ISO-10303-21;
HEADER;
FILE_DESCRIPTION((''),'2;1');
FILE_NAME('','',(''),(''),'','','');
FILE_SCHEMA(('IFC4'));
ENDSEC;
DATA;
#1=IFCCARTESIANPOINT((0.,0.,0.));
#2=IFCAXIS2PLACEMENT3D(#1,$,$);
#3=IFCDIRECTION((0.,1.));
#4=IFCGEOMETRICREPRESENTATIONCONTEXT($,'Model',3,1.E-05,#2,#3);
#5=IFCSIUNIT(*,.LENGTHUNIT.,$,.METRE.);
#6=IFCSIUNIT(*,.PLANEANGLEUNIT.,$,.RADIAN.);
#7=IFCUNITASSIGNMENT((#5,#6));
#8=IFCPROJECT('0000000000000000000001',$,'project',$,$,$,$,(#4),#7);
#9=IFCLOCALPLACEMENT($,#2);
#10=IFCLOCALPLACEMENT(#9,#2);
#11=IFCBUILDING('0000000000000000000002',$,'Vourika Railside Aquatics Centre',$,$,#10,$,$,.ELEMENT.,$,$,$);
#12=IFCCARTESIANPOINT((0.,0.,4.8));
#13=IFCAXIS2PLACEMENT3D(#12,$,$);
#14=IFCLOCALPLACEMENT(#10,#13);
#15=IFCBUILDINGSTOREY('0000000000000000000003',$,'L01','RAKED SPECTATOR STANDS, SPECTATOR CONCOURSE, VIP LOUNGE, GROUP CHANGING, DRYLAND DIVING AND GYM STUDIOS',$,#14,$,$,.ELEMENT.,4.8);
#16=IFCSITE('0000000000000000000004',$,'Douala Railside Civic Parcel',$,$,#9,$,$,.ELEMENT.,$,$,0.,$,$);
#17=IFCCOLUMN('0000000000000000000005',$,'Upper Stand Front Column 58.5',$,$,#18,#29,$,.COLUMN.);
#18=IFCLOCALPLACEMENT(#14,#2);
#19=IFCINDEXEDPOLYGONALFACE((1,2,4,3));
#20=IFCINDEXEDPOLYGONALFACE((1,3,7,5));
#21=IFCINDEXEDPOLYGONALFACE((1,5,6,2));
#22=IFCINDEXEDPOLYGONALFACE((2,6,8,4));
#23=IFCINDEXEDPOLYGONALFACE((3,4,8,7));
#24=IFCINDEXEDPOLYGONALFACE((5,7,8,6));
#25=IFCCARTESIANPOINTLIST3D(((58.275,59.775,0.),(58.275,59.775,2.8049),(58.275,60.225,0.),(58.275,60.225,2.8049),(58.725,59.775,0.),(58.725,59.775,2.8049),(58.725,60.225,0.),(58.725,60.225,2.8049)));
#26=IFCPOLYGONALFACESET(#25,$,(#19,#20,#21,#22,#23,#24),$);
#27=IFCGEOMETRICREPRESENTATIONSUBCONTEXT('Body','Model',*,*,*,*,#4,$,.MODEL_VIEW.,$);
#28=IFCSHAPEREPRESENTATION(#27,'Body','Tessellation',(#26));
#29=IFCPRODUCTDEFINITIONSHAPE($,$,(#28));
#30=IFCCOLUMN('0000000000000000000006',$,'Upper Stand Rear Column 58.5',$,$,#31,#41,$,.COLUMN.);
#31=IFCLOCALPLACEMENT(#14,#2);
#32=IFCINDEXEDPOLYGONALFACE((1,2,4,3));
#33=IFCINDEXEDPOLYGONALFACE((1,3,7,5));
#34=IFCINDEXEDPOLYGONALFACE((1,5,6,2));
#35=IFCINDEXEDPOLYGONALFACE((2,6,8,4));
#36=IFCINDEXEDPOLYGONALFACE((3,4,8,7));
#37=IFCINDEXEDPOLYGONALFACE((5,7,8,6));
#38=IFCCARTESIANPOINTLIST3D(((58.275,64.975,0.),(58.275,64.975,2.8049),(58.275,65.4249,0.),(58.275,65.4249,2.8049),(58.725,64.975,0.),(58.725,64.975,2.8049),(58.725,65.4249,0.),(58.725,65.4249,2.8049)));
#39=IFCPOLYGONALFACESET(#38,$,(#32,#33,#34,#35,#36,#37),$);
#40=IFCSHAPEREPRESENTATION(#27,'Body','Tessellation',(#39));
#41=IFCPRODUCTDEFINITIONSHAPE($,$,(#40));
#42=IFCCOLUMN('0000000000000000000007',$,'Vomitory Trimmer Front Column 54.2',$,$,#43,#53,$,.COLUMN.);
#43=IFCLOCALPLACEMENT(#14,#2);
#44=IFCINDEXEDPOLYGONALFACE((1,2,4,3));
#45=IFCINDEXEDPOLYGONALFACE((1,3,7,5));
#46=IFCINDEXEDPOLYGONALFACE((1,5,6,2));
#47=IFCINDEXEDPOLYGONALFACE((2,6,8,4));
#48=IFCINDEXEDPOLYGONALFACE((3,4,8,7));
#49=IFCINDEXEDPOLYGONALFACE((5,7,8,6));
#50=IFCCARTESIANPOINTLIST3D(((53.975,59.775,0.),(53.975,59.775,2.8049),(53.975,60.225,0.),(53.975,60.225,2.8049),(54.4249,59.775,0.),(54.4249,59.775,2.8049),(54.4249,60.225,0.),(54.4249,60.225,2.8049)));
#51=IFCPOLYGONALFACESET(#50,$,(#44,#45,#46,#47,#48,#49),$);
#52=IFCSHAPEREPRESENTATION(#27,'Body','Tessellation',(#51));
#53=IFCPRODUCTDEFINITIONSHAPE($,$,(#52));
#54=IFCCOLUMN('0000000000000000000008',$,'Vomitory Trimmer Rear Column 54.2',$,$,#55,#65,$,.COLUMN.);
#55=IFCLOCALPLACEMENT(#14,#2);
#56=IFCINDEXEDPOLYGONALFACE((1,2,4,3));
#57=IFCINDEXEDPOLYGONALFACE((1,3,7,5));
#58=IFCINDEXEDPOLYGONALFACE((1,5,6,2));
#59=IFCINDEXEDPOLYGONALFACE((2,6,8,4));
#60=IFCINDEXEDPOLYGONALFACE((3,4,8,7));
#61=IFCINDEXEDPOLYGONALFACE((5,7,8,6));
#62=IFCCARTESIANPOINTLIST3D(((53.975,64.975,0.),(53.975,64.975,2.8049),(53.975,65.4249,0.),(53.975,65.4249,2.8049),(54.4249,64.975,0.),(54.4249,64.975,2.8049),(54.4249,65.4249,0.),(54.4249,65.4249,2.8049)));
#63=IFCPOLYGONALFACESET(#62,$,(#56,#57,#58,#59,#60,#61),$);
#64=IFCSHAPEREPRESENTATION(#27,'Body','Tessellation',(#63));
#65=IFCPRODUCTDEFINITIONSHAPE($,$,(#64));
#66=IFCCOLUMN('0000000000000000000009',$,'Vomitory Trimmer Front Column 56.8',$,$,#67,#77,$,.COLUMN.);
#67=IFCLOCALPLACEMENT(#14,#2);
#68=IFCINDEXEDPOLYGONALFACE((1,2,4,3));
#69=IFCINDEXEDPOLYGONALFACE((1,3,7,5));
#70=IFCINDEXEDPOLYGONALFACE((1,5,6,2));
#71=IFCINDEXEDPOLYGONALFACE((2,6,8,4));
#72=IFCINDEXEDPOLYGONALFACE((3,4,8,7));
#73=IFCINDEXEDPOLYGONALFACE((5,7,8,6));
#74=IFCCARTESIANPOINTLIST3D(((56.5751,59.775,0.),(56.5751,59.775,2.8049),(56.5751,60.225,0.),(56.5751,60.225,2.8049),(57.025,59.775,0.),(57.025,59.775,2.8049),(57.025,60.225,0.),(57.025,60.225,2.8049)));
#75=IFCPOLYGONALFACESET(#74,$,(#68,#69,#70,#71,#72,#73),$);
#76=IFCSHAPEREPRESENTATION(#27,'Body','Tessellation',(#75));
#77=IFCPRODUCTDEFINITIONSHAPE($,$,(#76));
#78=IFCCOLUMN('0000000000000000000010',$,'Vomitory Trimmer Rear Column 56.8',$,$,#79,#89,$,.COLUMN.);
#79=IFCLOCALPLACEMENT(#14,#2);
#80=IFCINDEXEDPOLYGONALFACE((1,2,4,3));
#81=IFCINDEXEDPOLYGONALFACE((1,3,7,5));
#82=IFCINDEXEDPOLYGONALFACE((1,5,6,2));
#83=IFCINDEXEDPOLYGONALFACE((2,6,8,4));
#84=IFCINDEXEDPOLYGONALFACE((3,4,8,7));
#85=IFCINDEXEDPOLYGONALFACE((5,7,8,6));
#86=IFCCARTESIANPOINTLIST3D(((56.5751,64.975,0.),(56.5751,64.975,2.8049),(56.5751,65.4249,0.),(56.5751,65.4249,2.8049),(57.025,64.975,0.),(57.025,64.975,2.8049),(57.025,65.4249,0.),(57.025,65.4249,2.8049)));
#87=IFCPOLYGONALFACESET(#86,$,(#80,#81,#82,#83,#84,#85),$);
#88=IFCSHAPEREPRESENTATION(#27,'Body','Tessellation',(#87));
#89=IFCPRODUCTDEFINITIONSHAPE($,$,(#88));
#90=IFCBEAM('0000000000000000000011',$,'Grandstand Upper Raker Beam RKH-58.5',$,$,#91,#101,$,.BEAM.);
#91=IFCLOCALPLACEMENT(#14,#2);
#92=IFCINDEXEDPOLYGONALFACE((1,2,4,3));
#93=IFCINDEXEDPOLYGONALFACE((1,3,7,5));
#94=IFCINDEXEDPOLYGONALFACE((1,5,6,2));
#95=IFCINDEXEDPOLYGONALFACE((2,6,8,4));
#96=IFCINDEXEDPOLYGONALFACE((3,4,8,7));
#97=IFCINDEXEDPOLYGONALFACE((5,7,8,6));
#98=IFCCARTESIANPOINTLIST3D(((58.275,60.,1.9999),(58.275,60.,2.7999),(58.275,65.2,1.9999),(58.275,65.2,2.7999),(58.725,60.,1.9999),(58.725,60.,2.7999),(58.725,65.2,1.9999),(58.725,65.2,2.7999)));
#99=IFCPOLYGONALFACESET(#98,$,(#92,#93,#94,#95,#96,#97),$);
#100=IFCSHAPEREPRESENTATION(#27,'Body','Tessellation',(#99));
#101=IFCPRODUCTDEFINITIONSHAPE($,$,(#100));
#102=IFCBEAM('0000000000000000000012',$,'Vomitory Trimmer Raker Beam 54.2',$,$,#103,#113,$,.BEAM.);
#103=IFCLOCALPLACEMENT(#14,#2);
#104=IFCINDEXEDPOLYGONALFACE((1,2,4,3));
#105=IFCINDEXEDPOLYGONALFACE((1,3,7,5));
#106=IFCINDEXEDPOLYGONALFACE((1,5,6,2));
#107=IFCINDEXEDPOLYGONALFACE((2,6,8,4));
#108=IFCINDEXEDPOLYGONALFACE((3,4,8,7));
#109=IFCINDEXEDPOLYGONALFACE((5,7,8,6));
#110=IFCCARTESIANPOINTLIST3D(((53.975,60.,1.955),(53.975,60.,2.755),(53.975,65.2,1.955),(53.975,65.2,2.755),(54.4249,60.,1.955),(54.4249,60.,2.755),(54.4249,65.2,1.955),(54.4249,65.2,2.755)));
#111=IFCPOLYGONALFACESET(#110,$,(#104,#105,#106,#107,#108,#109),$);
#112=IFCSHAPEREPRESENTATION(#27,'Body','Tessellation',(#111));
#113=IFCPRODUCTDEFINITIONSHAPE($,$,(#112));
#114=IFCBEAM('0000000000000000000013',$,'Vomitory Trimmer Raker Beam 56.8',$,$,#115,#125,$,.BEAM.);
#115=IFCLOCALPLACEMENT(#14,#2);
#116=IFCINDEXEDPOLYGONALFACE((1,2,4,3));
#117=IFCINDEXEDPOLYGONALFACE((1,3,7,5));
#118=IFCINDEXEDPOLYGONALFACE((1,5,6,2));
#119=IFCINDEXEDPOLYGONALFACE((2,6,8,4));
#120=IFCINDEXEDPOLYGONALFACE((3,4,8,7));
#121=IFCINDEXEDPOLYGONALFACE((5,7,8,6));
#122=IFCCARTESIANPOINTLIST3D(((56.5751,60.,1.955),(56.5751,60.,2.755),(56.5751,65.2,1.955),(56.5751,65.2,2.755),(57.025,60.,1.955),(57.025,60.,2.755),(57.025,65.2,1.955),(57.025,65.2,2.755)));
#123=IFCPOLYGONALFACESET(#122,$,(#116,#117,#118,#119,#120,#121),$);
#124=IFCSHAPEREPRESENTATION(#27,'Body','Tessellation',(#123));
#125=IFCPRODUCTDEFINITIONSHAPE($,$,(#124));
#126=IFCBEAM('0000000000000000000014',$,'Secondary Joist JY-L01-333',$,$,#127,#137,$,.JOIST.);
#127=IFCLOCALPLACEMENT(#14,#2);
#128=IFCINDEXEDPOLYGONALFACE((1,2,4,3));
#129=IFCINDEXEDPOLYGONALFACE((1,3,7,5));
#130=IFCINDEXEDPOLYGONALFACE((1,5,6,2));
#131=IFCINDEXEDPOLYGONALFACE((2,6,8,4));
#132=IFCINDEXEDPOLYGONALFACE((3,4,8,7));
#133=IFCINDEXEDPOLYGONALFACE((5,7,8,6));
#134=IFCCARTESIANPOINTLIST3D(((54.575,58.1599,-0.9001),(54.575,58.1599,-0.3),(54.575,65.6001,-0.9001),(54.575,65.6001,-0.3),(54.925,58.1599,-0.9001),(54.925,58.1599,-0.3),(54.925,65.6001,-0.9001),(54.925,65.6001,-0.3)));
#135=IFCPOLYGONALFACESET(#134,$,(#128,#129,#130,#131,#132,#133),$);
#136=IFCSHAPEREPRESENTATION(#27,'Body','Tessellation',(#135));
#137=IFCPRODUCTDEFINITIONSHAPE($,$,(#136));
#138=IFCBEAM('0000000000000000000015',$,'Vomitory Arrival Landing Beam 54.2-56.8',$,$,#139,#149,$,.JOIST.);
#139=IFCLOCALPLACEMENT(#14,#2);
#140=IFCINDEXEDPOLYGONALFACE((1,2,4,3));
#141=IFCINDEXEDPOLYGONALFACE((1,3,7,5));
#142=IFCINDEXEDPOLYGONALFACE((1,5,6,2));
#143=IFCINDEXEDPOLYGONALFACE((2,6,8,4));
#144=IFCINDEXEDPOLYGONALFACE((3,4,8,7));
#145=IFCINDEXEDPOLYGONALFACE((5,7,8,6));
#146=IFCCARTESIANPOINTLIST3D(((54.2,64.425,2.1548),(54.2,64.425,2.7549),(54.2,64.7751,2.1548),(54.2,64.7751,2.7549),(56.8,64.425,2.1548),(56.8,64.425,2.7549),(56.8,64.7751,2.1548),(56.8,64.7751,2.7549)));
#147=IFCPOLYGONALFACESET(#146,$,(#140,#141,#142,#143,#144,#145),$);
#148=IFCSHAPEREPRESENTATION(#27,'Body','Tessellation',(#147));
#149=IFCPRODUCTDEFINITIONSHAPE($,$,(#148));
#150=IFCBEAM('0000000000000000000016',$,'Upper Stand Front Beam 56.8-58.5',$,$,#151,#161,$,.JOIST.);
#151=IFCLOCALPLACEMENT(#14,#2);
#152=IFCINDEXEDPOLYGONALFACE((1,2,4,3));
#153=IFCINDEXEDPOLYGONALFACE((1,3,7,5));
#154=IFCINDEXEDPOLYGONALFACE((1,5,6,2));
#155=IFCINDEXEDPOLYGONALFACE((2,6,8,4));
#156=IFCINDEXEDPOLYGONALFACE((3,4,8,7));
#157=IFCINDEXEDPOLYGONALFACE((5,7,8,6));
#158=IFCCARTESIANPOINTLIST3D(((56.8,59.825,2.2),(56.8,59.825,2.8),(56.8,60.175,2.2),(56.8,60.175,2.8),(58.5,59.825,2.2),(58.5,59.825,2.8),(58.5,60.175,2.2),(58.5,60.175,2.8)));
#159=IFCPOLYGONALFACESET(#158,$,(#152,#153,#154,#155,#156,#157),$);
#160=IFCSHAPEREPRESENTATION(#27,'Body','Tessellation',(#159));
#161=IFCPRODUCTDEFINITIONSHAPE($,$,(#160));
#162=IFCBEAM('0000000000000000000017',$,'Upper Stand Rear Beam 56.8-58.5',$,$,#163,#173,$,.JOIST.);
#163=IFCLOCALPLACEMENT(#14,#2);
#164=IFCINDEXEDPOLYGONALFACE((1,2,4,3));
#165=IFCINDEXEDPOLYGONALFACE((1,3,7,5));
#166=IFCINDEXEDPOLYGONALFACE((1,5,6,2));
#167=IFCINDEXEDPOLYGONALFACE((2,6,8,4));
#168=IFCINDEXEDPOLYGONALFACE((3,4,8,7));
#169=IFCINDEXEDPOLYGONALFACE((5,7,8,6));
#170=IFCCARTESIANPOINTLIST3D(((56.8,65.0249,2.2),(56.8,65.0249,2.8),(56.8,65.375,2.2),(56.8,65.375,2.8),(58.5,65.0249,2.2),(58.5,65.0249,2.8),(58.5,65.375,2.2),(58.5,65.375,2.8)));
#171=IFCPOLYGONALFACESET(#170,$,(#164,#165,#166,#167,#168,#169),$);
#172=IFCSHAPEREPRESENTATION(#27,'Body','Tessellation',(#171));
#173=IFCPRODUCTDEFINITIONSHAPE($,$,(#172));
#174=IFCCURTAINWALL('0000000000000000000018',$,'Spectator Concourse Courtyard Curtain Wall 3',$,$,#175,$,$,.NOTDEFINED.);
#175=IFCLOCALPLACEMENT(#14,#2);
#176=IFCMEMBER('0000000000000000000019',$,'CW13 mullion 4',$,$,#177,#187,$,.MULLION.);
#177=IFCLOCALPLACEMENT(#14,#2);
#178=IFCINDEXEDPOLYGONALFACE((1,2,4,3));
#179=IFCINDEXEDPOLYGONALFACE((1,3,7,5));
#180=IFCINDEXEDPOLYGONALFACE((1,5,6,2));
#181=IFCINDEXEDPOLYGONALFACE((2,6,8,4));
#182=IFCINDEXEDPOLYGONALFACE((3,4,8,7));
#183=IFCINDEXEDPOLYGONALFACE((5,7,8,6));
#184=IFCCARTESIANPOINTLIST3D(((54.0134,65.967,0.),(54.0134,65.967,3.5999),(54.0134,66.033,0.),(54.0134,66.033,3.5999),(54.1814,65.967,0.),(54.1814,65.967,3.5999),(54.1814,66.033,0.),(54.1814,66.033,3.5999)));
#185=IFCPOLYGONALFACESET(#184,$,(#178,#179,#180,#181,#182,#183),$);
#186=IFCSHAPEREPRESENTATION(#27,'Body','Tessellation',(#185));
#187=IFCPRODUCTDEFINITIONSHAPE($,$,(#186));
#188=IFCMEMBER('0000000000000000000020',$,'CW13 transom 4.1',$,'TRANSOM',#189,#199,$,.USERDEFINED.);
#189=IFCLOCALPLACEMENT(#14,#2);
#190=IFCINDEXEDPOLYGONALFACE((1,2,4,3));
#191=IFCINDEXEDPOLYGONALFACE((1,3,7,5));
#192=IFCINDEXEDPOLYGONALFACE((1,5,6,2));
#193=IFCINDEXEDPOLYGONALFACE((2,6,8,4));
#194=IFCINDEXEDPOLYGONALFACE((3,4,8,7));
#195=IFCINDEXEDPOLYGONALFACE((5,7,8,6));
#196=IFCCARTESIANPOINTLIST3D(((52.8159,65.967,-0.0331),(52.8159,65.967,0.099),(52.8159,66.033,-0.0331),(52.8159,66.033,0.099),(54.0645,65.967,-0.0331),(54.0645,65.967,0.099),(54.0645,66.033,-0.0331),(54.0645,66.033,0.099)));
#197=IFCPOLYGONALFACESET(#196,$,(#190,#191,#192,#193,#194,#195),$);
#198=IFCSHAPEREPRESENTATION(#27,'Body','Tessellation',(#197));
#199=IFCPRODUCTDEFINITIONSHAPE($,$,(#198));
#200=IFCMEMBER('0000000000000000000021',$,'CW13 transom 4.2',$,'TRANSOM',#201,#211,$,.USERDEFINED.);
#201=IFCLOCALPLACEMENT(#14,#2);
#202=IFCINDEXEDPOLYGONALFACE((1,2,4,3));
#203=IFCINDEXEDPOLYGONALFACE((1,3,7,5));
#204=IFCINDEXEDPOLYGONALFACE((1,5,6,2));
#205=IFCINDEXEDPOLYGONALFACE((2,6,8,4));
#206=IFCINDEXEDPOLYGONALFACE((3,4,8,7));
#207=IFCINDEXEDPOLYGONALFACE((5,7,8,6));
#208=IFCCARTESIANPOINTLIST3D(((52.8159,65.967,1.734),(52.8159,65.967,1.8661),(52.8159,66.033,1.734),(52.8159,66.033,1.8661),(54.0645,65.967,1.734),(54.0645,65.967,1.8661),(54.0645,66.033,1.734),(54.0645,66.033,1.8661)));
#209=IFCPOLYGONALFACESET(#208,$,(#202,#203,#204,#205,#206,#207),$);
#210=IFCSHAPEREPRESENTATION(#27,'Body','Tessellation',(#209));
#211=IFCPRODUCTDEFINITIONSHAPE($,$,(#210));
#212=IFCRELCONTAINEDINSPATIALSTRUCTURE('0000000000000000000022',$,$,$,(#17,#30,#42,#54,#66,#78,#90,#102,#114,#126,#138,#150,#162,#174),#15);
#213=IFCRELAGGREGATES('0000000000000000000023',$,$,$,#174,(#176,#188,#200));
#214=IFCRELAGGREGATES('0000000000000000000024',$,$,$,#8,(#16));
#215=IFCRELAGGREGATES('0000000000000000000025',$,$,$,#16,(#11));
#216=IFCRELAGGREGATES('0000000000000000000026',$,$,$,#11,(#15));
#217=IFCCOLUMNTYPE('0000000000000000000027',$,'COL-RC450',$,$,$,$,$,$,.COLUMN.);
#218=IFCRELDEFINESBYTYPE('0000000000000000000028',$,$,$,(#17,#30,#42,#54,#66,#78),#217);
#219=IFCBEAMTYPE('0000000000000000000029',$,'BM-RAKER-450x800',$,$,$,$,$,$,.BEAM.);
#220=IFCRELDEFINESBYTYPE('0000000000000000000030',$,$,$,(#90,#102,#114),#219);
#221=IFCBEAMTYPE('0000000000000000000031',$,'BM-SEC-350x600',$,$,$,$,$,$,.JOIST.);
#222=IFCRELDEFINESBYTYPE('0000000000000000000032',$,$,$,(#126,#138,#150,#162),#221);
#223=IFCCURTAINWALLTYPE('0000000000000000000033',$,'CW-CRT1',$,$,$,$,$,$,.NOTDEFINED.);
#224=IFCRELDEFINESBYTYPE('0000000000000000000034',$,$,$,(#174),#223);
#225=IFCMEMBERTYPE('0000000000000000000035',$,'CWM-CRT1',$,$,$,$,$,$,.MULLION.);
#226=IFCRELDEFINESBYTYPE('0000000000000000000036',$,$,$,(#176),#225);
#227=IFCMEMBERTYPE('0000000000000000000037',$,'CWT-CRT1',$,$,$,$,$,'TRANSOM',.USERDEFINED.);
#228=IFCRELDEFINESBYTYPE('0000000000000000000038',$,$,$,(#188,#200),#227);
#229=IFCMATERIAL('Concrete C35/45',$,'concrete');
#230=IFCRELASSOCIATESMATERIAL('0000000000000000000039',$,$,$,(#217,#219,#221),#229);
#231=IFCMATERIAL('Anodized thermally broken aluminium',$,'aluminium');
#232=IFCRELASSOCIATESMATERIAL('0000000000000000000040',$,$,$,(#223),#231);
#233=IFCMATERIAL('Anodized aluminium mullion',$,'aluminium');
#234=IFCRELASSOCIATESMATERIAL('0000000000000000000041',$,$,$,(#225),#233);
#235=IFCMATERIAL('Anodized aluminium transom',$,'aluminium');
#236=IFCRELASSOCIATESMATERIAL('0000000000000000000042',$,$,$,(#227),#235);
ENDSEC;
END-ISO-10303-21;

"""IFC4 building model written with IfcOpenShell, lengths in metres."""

from ifc_helpers import new_model, si_unit, direction, frame, origin, origin_2d, place, context, subcontext, project, spatial, rectangle, extrude, material, material_profile, profile_set, type_object, element, aggregate, save


model = new_model("IFC4")

# Units and contexts
model_context = context("Model", 3, precision=1e-05, world=origin(), true_north=direction((0.0, 1.0)))
body_context = subcontext(model_context, "Body", "Model", "MODEL_VIEW")
ifc_project = project(units=[si_unit("LENGTHUNIT", "METRE"), si_unit("PLANEANGLEUNIT", "RADIAN")], contexts=[model_context])

# Site, building, storey
site_placement = place(None, origin())
site = spatial("IfcSite", under=ifc_project, at=site_placement, Name="Douala Railside Civic Parcel", CompositionType="ELEMENT", RefElevation=0.0)
building_placement = place(site_placement, origin())
building = spatial("IfcBuilding", under=site, at=building_placement, Name="Vourika Railside Aquatics Centre", CompositionType="ELEMENT")
storey_placement = place(building_placement, frame((0.0, 0.0, 4.8)))
storey = spatial("IfcBuildingStorey", under=building, at=storey_placement, Name="L01", Description="RAKED SPECTATOR STANDS, SPECTATOR CONCOURSE, VIP LOUNGE, GROUP CHANGING, DRYLAND DIVING AND GYM STUDIOS", CompositionType="ELEMENT", Elevation=4.8)

# Columns
ifc_material_1 = material(Name="Concrete C35/45", Category="concrete")
ifc_material_profile_1 = material_profile(ifc_material_1, rectangle(XDim=0.45, YDim=0.45, at=origin_2d()), Name="RC 450x450")
ifc_profile_set_1 = profile_set([ifc_material_profile_1], Name="Concrete C35/45")
column_type = type_object("IfcColumnType", Name="COL-RC450", PredefinedType="COLUMN", material=ifc_profile_set_1)
for number, where, z_axis, x_axis, name in (
    (1, (58.5, 60.0, 0.0), (0.0, 0.0, 1.0), (1.0, 0.0, 0.0), "Upper Stand Front Column 58.5"),
    (2, (58.5, 65.2, 0.0), (0.0, 0.0, 1.0), (1.0, 0.0, 0.0), "Upper Stand Rear Column 58.5"),
    (3, (54.2, 60.0, 0.0), (0.0, 0.0, 1.0), (1.0, 0.0, 0.0), "Vomitory Trimmer Front Column 54.2"),
    (4, (54.2, 65.2, 0.0), (0.0, 0.0, 1.0), (1.0, 0.0, 0.0), "Vomitory Trimmer Rear Column 54.2"),
    (5, (56.8, 60.0, 0.0), (0.0, 0.0, 1.0), (1.0, 0.0, 0.0), "Vomitory Trimmer Front Column 56.8"),
    (6, (56.8, 65.2, 0.0), (0.0, 0.0, 1.0), (1.0, 0.0, 0.0), "Vomitory Trimmer Rear Column 56.8"),
):
    element("IfcColumn", number, at=place(storey_placement, frame(where, z_axis=z_axis, x_axis=x_axis)), inside=storey, type_object=column_type, Name=name, PredefinedType="COLUMN", context=body_context, shape_type="SweptSolid", body=[
        extrude(rectangle(XDim=0.45, YDim=0.45, at=origin_2d()), origin(), (0.0, 0.0, 1.0), 2.8049),
    ])

# Beams
ifc_material_profile_2 = material_profile(ifc_material_1, rectangle(XDim=0.45, YDim=0.8, at=origin_2d()), Name="RC 450x800")
ifc_profile_set_2 = profile_set([ifc_material_profile_2], Name="Concrete C35/45")
beam_type_1 = type_object("IfcBeamType", Name="BM-RAKER-450x800", PredefinedType="BEAM", material=ifc_profile_set_2)
for number, where, z_axis, x_axis, name in (
    (7, (58.5, 60.0, 2.3999), (0.0, 1.0, 0.0), (-1.0, 0.0, 0.0), "Grandstand Upper Raker Beam RKH-58.5"),
    (8, (54.2, 60.0, 2.355), (0.0, 1.0, 0.0), (-1.0, 0.0, 0.0), "Vomitory Trimmer Raker Beam 54.2"),
    (9, (56.8, 60.0, 2.355), (0.0, 1.0, 0.0), (-1.0, 0.0, 0.0), "Vomitory Trimmer Raker Beam 56.8"),
):
    element("IfcBeam", number, at=place(storey_placement, frame(where, z_axis=z_axis, x_axis=x_axis)), inside=storey, type_object=beam_type_1, Name=name, PredefinedType="BEAM", context=body_context, shape_type="SweptSolid", body=[
        extrude(rectangle(XDim=0.45, YDim=0.8, at=origin_2d()), origin(), (0.0, 0.0, 1.0), 5.2),
    ])
ifc_material_profile_3 = material_profile(ifc_material_1, rectangle(XDim=0.3501, YDim=0.6001, at=origin_2d()), Name="RC 350x600")
ifc_profile_set_3 = profile_set([ifc_material_profile_3], Name="Concrete C35/45")
beam_type_2 = type_object("IfcBeamType", Name="BM-SEC-350x600", PredefinedType="JOIST", material=ifc_profile_set_3)
beam_1_placement = place(storey_placement, frame((54.75, 58.1599, -0.6001), z_axis=(0.0, 1.0, 0.0), x_axis=(-1.0, 0.0, 0.0)))
element("IfcBeam", 10, at=beam_1_placement, inside=storey, type_object=beam_type_2, Name="Secondary Joist JY-L01-333", PredefinedType="JOIST", context=body_context, shape_type="SweptSolid", body=[
    extrude(rectangle(XDim=0.3501, YDim=0.6001, at=origin_2d()), origin(), (0.0, 0.0, 1.0), 7.4402),
])
beam_2_placement = place(storey_placement, frame((54.2, 64.6001, 2.4548), z_axis=(1.0, 0.0, 0.0), x_axis=(0.0, 1.0, 0.0)))
element("IfcBeam", 11, at=beam_2_placement, inside=storey, type_object=beam_type_2, Name="Vomitory Arrival Landing Beam 54.2-56.8", PredefinedType="JOIST", context=body_context, shape_type="SweptSolid", body=[
    extrude(rectangle(XDim=0.3501, YDim=0.6001, at=origin_2d()), origin(), (0.0, 0.0, 1.0), 2.6001),
])
for number, where, z_axis, x_axis, name in (
    (12, (56.8, 60.0, 2.5), (1.0, 0.0, 0.0), (0.0, 1.0, 0.0), "Upper Stand Front Beam 56.8-58.5"),
    (13, (56.8, 65.2, 2.5), (1.0, 0.0, 0.0), (0.0, 1.0, 0.0), "Upper Stand Rear Beam 56.8-58.5"),
):
    element("IfcBeam", number, at=place(storey_placement, frame(where, z_axis=z_axis, x_axis=x_axis)), inside=storey, type_object=beam_type_2, Name=name, PredefinedType="JOIST", context=body_context, shape_type="SweptSolid", body=[
        extrude(rectangle(XDim=0.3501, YDim=0.6001, at=origin_2d()), origin(), (0.0, 0.0, 1.0), 1.7),
    ])

# Curtain wall, members
ifc_material_2 = material(Name="Anodized thermally broken aluminium", Category="aluminium")
curtain_wall_type = type_object("IfcCurtainWallType", Name="CW-CRT1", PredefinedType="NOTDEFINED", material=ifc_material_2)
curtain_wall_placement = place(storey_placement, origin())
curtain_wall = element("IfcCurtainWall", 14, at=curtain_wall_placement, inside=storey, type_object=curtain_wall_type, Name="Spectator Concourse Courtyard Curtain Wall 3", PredefinedType="NOTDEFINED")
ifc_material_3 = material(Name="Anodized aluminium mullion", Category="aluminium")
ifc_material_profile_4 = material_profile(ifc_material_3, rectangle(XDim=0.0659, YDim=0.168, at=origin_2d()), Name="ALU-M 66x168")
ifc_profile_set_4 = profile_set([ifc_material_profile_4], Name="Anodized aluminium mullion")
member_type_1 = type_object("IfcMemberType", Name="CWM-CRT1", PredefinedType="MULLION", material=ifc_profile_set_4)
member_1_placement = place(storey_placement, frame((54.0974, 66.0, 0.0), z_axis=(0.0, 0.0, 1.0), x_axis=(0.0, -1.0, 0.0)))
member_1 = element("IfcMember", 15, at=member_1_placement, type_object=member_type_1, Name="CW13 mullion 4", PredefinedType="MULLION", context=body_context, shape_type="SweptSolid", body=[
    extrude(rectangle(XDim=0.0659, YDim=0.168, at=origin_2d()), origin(), (0.0, 0.0, 1.0), 3.5999),
])
ifc_material_4 = material(Name="Anodized aluminium transom", Category="aluminium")
ifc_material_profile_5 = material_profile(ifc_material_4, rectangle(XDim=0.0659, YDim=0.1321, at=origin_2d()), Name="ALU-T 66x132")
ifc_profile_set_5 = profile_set([ifc_material_profile_5], Name="Anodized aluminium transom")
member_type_2 = type_object("IfcMemberType", Name="CWT-CRT1", ElementType="TRANSOM", PredefinedType="USERDEFINED", material=ifc_profile_set_5)
member_2_placement = place(storey_placement, frame((54.0645, 66.0, 0.033), z_axis=(-1.0, 0.0, 0.0), x_axis=(0.0, -1.0, 0.0)))
member_2 = element("IfcMember", 16, at=member_2_placement, type_object=member_type_2, Name="CW13 transom 4.1", ObjectType="TRANSOM", PredefinedType="USERDEFINED", context=body_context, shape_type="SweptSolid", body=[
    extrude(rectangle(XDim=0.0659, YDim=0.1321, at=origin_2d()), origin(), (0.0, 0.0, 1.0), 1.2485),
])
member_3_placement = place(storey_placement, frame((54.0645, 66.0, 1.8), z_axis=(-1.0, 0.0, 0.0), x_axis=(0.0, -1.0, 0.0)))
member_3 = element("IfcMember", 17, at=member_3_placement, type_object=member_type_2, Name="CW13 transom 4.2", ObjectType="TRANSOM", PredefinedType="USERDEFINED", context=body_context, shape_type="SweptSolid", body=[
    extrude(rectangle(XDim=0.0659, YDim=0.1321, at=origin_2d()), origin(), (0.0, 0.0, 1.0), 1.2485),
])
aggregate(curtain_wall, [member_1, member_2, member_3])

save(model, "model.ifc")
